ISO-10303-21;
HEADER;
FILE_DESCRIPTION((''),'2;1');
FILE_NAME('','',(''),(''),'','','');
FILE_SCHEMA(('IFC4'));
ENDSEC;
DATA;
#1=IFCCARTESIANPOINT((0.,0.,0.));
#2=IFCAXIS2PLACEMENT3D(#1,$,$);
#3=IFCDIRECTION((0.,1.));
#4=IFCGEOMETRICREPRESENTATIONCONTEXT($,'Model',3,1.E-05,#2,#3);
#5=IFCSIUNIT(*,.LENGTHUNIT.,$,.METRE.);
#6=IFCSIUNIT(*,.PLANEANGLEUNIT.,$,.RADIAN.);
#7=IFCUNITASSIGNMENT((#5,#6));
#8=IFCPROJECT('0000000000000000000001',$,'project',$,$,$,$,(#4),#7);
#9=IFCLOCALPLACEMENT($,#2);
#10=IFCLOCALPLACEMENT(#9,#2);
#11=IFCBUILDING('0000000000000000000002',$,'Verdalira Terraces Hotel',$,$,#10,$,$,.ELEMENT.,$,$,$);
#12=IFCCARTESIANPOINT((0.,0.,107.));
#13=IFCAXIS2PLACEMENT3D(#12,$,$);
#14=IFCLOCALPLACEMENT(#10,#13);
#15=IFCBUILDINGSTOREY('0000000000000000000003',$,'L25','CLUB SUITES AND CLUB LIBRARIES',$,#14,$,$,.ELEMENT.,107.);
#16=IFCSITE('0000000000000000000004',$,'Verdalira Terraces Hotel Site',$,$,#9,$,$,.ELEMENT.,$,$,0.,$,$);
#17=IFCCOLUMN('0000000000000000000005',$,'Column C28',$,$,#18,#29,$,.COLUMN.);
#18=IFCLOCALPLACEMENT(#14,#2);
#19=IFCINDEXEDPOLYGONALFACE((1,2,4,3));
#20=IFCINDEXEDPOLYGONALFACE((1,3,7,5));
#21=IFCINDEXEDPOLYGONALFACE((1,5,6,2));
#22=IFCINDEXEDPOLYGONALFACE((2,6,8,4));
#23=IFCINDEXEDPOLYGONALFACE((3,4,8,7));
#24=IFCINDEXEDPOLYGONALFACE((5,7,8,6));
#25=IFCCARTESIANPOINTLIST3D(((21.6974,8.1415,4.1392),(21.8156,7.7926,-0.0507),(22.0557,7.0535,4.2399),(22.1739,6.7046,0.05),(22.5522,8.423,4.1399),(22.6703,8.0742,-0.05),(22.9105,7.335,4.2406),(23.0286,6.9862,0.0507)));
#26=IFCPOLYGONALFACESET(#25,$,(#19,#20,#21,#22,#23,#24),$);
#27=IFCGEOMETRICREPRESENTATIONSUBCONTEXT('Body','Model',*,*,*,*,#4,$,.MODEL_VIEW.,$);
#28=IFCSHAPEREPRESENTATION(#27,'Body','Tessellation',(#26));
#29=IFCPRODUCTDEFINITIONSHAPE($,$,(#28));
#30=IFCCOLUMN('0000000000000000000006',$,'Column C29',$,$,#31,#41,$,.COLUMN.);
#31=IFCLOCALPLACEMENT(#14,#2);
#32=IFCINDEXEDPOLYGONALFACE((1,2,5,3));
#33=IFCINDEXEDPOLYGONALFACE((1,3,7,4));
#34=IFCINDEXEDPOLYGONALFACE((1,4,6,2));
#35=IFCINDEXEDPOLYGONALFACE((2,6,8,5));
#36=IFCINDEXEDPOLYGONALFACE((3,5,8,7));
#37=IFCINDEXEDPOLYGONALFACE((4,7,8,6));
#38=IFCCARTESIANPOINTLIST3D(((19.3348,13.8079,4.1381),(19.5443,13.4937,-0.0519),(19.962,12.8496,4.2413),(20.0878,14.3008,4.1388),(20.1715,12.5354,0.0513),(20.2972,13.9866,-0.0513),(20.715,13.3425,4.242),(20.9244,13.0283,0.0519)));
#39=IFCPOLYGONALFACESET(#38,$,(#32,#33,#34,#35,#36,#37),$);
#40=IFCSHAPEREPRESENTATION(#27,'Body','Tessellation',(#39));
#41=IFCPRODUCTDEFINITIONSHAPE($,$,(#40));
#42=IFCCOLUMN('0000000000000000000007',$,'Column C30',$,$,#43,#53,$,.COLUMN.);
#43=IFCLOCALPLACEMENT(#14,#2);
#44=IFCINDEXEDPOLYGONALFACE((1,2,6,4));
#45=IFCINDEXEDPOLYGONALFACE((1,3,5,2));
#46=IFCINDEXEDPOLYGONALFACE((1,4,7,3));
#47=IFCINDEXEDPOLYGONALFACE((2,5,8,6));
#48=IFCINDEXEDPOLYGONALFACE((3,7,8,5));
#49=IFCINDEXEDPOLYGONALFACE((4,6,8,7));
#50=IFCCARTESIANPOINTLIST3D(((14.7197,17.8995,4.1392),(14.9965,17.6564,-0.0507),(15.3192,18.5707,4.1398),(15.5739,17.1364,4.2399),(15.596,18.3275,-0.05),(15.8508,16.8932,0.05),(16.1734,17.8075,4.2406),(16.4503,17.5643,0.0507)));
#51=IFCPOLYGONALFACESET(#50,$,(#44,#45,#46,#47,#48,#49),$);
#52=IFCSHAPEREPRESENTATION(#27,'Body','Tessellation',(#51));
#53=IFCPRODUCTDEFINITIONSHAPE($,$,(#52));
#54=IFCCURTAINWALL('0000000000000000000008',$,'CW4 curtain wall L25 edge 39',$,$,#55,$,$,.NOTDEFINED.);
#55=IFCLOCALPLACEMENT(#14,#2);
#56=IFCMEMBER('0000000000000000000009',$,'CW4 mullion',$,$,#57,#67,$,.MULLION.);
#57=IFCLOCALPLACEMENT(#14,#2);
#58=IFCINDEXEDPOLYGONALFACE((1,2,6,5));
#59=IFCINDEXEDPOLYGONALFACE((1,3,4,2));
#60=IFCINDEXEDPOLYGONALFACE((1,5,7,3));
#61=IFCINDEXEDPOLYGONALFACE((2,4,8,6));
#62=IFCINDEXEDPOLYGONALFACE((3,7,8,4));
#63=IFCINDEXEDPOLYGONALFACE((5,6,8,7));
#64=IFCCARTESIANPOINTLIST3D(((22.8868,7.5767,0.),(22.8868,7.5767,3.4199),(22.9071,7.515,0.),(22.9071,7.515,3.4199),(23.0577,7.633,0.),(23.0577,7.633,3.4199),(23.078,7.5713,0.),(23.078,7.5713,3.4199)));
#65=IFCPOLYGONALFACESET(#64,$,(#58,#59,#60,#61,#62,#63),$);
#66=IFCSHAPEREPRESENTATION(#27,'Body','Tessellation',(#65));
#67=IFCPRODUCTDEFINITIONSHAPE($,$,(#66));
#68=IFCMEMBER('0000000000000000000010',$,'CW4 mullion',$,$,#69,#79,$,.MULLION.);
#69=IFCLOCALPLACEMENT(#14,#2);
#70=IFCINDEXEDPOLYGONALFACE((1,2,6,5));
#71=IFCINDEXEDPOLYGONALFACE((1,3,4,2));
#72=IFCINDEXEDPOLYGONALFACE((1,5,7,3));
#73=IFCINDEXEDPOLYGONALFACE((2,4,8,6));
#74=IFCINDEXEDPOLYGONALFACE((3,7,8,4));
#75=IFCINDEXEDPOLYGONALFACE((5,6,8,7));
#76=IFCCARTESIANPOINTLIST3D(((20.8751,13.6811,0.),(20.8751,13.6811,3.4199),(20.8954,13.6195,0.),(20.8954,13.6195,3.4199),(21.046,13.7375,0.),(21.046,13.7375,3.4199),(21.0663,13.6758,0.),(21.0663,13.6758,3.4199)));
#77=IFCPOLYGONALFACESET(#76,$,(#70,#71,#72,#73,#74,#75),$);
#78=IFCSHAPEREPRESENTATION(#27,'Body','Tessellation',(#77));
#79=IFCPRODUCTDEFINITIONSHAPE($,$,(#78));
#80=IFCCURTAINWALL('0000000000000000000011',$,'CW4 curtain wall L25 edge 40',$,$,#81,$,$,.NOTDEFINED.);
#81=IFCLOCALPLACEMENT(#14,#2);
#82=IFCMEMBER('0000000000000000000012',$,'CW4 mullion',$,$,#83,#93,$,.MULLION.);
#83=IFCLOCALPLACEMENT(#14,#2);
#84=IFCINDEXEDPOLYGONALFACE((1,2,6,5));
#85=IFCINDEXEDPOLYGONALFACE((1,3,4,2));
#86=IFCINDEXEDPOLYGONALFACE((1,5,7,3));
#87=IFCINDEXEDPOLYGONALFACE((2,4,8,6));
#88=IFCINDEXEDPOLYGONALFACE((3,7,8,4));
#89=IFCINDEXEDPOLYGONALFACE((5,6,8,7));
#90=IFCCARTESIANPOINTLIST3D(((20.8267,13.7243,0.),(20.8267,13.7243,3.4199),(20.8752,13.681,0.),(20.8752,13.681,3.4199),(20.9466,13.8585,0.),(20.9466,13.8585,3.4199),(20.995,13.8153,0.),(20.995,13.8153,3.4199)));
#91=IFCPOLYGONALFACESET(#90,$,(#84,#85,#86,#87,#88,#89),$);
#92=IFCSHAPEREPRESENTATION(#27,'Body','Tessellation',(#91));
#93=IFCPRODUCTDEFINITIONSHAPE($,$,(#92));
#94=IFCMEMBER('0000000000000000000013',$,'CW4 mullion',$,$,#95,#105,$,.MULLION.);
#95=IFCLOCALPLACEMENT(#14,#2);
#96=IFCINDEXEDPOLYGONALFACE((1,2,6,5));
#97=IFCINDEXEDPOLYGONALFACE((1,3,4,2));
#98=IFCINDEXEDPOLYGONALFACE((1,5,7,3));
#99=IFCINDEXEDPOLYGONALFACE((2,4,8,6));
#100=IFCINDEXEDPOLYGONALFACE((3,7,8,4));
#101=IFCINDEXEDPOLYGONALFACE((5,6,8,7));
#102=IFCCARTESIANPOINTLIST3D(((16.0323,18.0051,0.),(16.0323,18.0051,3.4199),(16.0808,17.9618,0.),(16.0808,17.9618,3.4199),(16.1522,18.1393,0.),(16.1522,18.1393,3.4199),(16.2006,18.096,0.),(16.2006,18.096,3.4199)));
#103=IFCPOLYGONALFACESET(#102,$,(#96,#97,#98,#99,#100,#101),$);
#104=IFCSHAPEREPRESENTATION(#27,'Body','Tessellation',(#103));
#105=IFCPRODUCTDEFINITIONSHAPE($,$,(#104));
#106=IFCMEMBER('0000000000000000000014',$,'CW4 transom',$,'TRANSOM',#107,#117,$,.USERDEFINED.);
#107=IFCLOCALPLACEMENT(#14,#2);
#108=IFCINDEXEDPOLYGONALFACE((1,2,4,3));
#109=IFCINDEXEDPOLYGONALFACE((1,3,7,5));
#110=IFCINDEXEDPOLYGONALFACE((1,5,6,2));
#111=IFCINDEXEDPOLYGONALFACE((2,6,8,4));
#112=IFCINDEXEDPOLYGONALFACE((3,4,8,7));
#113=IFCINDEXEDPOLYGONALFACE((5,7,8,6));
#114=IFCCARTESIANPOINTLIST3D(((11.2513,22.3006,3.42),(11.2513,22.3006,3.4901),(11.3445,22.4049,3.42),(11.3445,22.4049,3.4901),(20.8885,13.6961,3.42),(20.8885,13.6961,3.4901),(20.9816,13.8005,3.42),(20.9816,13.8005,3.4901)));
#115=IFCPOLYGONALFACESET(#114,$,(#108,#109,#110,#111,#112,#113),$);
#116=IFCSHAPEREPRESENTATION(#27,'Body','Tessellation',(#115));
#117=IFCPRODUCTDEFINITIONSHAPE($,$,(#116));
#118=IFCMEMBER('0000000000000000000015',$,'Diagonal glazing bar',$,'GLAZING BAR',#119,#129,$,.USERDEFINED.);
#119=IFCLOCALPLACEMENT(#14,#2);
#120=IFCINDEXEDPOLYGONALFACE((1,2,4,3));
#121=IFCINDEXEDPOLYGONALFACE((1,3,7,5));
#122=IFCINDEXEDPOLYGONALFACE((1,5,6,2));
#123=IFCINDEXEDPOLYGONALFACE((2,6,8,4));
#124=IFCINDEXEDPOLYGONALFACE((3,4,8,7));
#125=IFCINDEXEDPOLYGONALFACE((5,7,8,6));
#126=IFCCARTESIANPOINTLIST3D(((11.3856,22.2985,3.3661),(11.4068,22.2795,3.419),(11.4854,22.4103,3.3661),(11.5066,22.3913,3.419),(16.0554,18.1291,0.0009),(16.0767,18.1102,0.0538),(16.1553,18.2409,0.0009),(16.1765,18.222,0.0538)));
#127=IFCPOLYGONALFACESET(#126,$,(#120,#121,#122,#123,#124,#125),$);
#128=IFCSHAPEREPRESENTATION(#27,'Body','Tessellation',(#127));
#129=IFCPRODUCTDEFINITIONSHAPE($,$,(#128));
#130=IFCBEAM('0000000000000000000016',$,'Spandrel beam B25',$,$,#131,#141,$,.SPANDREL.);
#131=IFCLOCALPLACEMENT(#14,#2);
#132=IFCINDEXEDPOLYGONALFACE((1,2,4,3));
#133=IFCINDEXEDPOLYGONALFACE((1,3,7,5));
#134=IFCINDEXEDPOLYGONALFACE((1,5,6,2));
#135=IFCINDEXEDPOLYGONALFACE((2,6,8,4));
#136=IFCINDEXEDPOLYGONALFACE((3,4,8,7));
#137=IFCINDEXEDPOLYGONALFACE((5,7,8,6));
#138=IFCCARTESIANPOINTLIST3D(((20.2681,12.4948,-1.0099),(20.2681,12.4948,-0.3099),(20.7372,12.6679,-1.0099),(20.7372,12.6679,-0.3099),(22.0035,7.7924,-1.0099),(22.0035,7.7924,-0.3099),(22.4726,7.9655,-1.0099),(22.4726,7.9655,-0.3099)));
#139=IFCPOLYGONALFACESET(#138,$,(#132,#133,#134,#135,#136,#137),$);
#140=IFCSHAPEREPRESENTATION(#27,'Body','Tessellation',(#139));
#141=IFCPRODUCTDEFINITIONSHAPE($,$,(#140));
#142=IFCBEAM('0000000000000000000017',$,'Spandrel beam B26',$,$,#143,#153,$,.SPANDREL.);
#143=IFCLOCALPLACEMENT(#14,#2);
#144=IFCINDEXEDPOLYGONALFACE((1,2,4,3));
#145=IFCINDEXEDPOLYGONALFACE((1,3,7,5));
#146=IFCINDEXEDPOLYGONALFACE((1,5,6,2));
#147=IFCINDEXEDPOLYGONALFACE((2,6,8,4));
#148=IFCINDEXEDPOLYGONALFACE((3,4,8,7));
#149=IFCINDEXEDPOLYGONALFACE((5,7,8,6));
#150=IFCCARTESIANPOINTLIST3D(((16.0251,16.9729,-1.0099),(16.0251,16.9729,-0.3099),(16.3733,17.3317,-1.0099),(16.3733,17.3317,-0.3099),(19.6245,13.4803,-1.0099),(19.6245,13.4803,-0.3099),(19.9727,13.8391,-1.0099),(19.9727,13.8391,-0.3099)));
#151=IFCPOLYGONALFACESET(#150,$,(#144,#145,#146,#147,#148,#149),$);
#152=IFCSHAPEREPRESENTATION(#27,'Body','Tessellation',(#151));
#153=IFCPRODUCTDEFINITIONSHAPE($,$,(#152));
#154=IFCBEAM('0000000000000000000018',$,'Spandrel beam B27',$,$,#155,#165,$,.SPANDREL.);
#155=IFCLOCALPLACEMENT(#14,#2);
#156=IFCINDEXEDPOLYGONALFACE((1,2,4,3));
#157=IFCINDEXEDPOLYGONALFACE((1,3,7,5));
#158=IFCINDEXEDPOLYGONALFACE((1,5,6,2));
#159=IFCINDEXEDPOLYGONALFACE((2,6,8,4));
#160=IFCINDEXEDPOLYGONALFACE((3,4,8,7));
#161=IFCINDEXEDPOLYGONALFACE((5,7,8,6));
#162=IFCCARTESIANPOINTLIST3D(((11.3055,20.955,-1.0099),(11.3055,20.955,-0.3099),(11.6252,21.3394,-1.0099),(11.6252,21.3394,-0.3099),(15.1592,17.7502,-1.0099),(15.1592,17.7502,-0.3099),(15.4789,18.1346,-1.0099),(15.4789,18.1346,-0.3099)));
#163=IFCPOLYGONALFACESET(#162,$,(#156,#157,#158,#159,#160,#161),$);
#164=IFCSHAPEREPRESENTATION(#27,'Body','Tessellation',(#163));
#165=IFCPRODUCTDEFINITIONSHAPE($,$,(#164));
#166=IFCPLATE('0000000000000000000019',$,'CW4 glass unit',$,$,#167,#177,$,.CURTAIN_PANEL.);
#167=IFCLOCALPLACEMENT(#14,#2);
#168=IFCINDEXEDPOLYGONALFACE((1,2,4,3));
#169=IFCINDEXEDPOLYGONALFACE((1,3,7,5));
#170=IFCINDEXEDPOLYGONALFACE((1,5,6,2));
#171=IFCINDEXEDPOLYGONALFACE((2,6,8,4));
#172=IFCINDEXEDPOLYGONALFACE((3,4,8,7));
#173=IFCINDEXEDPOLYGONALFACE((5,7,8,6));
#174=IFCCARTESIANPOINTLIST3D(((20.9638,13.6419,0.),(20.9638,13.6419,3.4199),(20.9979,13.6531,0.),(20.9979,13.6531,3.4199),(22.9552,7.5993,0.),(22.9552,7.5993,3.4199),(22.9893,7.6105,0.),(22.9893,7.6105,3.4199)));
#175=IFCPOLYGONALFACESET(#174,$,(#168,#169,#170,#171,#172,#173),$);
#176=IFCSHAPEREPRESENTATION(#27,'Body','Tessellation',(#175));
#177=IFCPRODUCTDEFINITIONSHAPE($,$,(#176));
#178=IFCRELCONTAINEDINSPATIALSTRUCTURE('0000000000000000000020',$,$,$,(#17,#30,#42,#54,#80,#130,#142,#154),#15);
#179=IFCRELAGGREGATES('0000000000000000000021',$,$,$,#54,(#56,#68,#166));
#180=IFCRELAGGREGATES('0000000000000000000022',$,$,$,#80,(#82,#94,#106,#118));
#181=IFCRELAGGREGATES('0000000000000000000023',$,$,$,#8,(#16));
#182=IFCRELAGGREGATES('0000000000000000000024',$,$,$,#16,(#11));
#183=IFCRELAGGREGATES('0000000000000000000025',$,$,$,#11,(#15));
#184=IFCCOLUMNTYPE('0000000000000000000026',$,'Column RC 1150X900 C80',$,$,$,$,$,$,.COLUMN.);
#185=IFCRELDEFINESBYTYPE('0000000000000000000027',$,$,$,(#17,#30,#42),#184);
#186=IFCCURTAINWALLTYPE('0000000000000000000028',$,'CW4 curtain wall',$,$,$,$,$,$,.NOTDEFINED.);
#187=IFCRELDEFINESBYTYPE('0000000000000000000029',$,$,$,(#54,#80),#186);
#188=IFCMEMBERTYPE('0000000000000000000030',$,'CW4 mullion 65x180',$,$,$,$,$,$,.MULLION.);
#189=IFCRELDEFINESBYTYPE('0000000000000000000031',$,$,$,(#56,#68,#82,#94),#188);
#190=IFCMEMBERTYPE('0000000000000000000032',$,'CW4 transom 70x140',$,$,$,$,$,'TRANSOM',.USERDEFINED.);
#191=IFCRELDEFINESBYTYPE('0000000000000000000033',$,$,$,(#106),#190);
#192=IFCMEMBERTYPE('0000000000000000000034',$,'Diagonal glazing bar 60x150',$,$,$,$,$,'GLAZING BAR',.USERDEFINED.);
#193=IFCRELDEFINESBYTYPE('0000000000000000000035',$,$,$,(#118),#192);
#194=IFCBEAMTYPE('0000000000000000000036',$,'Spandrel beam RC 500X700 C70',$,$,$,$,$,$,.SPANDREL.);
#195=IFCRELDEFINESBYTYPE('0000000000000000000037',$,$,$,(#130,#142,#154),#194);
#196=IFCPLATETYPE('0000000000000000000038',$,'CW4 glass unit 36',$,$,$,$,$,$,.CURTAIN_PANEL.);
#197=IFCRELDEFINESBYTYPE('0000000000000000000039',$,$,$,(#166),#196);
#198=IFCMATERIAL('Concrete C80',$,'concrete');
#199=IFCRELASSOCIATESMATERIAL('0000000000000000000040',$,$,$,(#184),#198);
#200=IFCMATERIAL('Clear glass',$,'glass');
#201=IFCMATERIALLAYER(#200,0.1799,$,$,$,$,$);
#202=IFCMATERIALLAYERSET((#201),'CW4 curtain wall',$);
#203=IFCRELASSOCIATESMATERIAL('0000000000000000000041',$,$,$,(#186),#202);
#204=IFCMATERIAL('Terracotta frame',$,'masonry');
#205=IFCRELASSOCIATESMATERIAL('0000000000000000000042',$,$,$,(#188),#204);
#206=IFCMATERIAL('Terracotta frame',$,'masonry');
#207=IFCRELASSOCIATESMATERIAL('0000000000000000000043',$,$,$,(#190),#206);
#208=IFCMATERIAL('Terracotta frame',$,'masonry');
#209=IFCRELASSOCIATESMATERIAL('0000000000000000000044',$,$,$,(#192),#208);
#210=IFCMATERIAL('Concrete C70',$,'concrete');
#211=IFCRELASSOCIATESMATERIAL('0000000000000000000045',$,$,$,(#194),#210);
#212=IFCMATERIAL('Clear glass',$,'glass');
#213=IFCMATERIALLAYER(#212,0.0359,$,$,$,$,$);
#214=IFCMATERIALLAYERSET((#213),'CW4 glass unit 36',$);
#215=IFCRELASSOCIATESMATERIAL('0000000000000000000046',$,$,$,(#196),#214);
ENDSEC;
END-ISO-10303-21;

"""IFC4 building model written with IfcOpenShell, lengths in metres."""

from ifc_helpers import new_model, si_unit, direction, frame, origin, origin_2d, place, context, subcontext, project, spatial, rectangle, extrude, material, layer, layer_set, material_profile, profile_set, type_object, element, aggregate, save


model = new_model("IFC4")

# Units and contexts
model_context = context("Model", 3, precision=1e-05, world=origin(), true_north=direction((0.0, 1.0)))
body_context = subcontext(model_context, "Body", "Model", "MODEL_VIEW")
ifc_project = project(units=[si_unit("LENGTHUNIT", "METRE"), si_unit("PLANEANGLEUNIT", "RADIAN")], contexts=[model_context])

# Site, building, storey
site_placement = place(None, origin())
site = spatial("IfcSite", under=ifc_project, at=site_placement, Name="Verdalira Terraces Hotel Site", CompositionType="ELEMENT", RefElevation=0.0)
building_placement = place(site_placement, origin())
building = spatial("IfcBuilding", under=site, at=building_placement, Name="Verdalira Terraces Hotel", CompositionType="ELEMENT")
storey_placement = place(building_placement, frame((0.0, 0.0, 107.0)))
storey = spatial("IfcBuildingStorey", under=building, at=storey_placement, Name="L25", Description="CLUB SUITES AND CLUB LIBRARIES", CompositionType="ELEMENT", Elevation=107.0)

# Columns
ifc_material_1 = material(Name="Concrete C80", Category="concrete")
ifc_material_profile_1 = material_profile(ifc_material_1, rectangle(XDim=1.1499, YDim=0.8999, at=origin_2d()), Name="RC 1150X900")
ifc_profile_set_1 = profile_set([ifc_material_profile_1], Name="Concrete C80")
column_type = type_object("IfcColumnType", Name="Column RC 1150X900 C80", PredefinedType="COLUMN", material=ifc_profile_set_1)
column_1_placement = place(storey_placement, frame((22.4221, 7.3894, 0.0), z_axis=(-0.028093, 0.082945, 0.996158), x_axis=(-0.311588, 0.946174, -0.087571)))
element("IfcColumn", 1, at=column_1_placement, inside=storey, type_object=column_type, Name="Column C28", PredefinedType="COLUMN", context=body_context, shape_type="SweptSolid", body=[
    extrude(rectangle(XDim=1.1499, YDim=0.8999, at=origin_2d()), origin(), (0.0, 0.0, 1.0), 4.2061),
])
column_2_placement = place(storey_placement, frame((20.2344, 13.261, 0.0), z_axis=(-0.049792, 0.074689, 0.995963), x_axis=(0.545443, -0.833327, 0.089761)))
element("IfcColumn", 2, at=column_2_placement, inside=storey, type_object=column_type, Name="Column C29", PredefinedType="COLUMN", context=body_context, shape_type="SweptSolid", body=[
    extrude(rectangle(XDim=1.1499, YDim=0.8999, at=origin_2d()), origin(), (0.0, 0.0, 1.0), 4.207),
])
column_3_placement = place(storey_placement, frame((15.7234, 17.6104, 0.0), z_axis=(-0.065822, 0.057812, 0.996155), x_axis=(-0.742879, 0.663669, -0.087603)))
element("IfcColumn", 3, at=column_3_placement, inside=storey, type_object=column_type, Name="Column C30", PredefinedType="COLUMN", context=body_context, shape_type="SweptSolid", body=[
    extrude(rectangle(XDim=1.1499, YDim=0.8999, at=origin_2d()), origin(), (0.0, 0.0, 1.0), 4.2061),
])

# Curtain walls, members
ifc_material_2 = material(Name="Clear glass", Category="glass")
ifc_layer_1 = layer(ifc_material_2, 0.1799)
ifc_layer_set_1 = layer_set([ifc_layer_1], Name="CW4 curtain wall")
curtain_wall_type = type_object("IfcCurtainWallType", Name="CW4 curtain wall", PredefinedType="NOTDEFINED", material=ifc_layer_set_1)
curtain_wall_1_placement = place(storey_placement, origin())
curtain_wall_1 = element("IfcCurtainWall", 4, at=curtain_wall_1_placement, inside=storey, type_object=curtain_wall_type, Name="CW4 curtain wall L25 edge 39", PredefinedType="NOTDEFINED")
ifc_material_3 = material(Name="Terracotta frame", Category="masonry")
ifc_material_profile_2 = material_profile(ifc_material_3, rectangle(XDim=0.0649, YDim=0.1799, at=origin_2d()), Name="MU 65x180")
ifc_profile_set_2 = profile_set([ifc_material_profile_2], Name="Terracotta frame")
member_type_1 = type_object("IfcMemberType", Name="CW4 mullion 65x180", PredefinedType="MULLION", material=ifc_profile_set_2)
member_1_placement = place(storey_placement, frame((22.9824, 7.574, 0.0), z_axis=(0.0, 0.0, 1.0), x_axis=(-0.312998, 0.949754, 0.0)))
member_1 = element("IfcMember", 5, at=member_1_placement, type_object=member_type_1, Name="CW4 mullion", PredefinedType="MULLION", context=body_context, shape_type="SweptSolid", body=[
    extrude(rectangle(XDim=0.0649, YDim=0.1799, at=origin_2d()), origin(), (0.0, 0.0, 1.0), 3.4199),
])
member_2_placement = place(storey_placement, frame((20.9707, 13.6785, 0.0), z_axis=(0.0, 0.0, 1.0), x_axis=(-0.312998, 0.949754, 0.0)))
member_2 = element("IfcMember", 6, at=member_2_placement, type_object=member_type_1, Name="CW4 mullion", PredefinedType="MULLION", context=body_context, shape_type="SweptSolid", body=[
    extrude(rectangle(XDim=0.0649, YDim=0.1799, at=origin_2d()), origin(), (0.0, 0.0, 1.0), 3.4199),
])
curtain_wall_2_placement = place(storey_placement, origin())
curtain_wall_2 = element("IfcCurtainWall", 7, at=curtain_wall_2_placement, inside=storey, type_object=curtain_wall_type, Name="CW4 curtain wall L25 edge 40", PredefinedType="NOTDEFINED")
member_3_placement = place(storey_placement, frame((20.9109, 13.7698, 0.0), z_axis=(0.0, 0.0, 1.0), x_axis=(-0.745941, 0.666012, 0.0)))
member_3 = element("IfcMember", 8, at=member_3_placement, type_object=member_type_1, Name="CW4 mullion", PredefinedType="MULLION", context=body_context, shape_type="SweptSolid", body=[
    extrude(rectangle(XDim=0.0649, YDim=0.1799, at=origin_2d()), origin(), (0.0, 0.0, 1.0), 3.4199),
])
member_4_placement = place(storey_placement, frame((16.1165, 18.0505, 0.0), z_axis=(0.0, 0.0, 1.0), x_axis=(-0.745941, 0.666012, 0.0)))
member_4 = element("IfcMember", 9, at=member_4_placement, type_object=member_type_1, Name="CW4 mullion", PredefinedType="MULLION", context=body_context, shape_type="SweptSolid", body=[
    extrude(rectangle(XDim=0.0649, YDim=0.1799, at=origin_2d()), origin(), (0.0, 0.0, 1.0), 3.4199),
])
ifc_material_4 = material(Name="Terracotta frame", Category="masonry")
ifc_material_profile_3 = material_profile(ifc_material_4, rectangle(XDim=0.1399, YDim=0.0701, at=origin_2d()), Name="TR 70x140")
ifc_profile_set_3 = profile_set([ifc_material_profile_3], Name="Terracotta frame")
member_type_2 = type_object("IfcMemberType", Name="CW4 transom 70x140", ElementType="TRANSOM", PredefinedType="USERDEFINED", material=ifc_profile_set_3)
member_5_placement = place(storey_placement, frame((20.9351, 13.7483, 3.4551), z_axis=(-0.745944, 0.666009, 0.0), x_axis=(-0.666009, -0.745944, 0.0)))
member_5 = element("IfcMember", 10, at=member_5_placement, type_object=member_type_2, Name="CW4 transom", ObjectType="TRANSOM", PredefinedType="USERDEFINED", context=body_context, shape_type="SweptSolid", body=[
    extrude(rectangle(XDim=0.1399, YDim=0.0701, at=origin_2d()), origin(), (0.0, 0.0, 1.0), 12.9194),
])
ifc_material_5 = material(Name="Terracotta frame", Category="masonry")
ifc_material_profile_4 = material_profile(ifc_material_5, rectangle(XDim=0.1499, YDim=0.0601, at=origin_2d()), Name="GB 60x150")
ifc_profile_set_4 = profile_set([ifc_material_profile_4], Name="Terracotta frame")
member_type_3 = type_object("IfcMemberType", Name="Diagonal glazing bar 60x150", ElementType="GLAZING BAR", PredefinedType="USERDEFINED", material=ifc_profile_set_4)
member_6_placement = place(storey_placement, frame((16.116, 18.1755, 0.0273), z_axis=(-0.657038, 0.586621, 0.473474), x_axis=(-0.666003, -0.745949, 0.0)))
member_6 = element("IfcMember", 11, at=member_6_placement, type_object=member_type_3, Name="Diagonal glazing bar", ObjectType="GLAZING BAR", PredefinedType="USERDEFINED", context=body_context, shape_type="SweptSolid", body=[
    extrude(rectangle(XDim=0.1499, YDim=0.0601, at=origin_2d()), origin(), (0.0, 0.0, 1.0), 7.1074),
])

# Beams
ifc_material_6 = material(Name="Concrete C70", Category="concrete")
ifc_material_profile_5 = material_profile(ifc_material_6, rectangle(XDim=0.5, YDim=0.7, at=origin_2d()), Name="RC 500X700")
ifc_profile_set_5 = profile_set([ifc_material_profile_5], Name="Concrete C70")
beam_type = type_object("IfcBeamType", Name="Spandrel beam RC 500X700 C70", PredefinedType="SPANDREL", material=ifc_profile_set_5)
beam_1_placement = place(storey_placement, frame((22.238, 7.8789, -0.6599), z_axis=(-0.346213, 0.938156, 0.0), x_axis=(-0.938156, -0.346213, 0.0)))
element("IfcBeam", 12, at=beam_1_placement, inside=storey, type_object=beam_type, Name="Spandrel beam B25", PredefinedType="SPANDREL", context=body_context, shape_type="SweptSolid", body=[
    extrude(rectangle(XDim=0.5, YDim=0.7, at=origin_2d()), origin(), (0.0, 0.0, 1.0), 5.0125),
])
beam_2_placement = place(storey_placement, frame((19.7986, 13.6597, -0.6599), z_axis=(-0.717663, 0.696391, 0.0), x_axis=(-0.696391, -0.717663, 0.0)))
element("IfcBeam", 13, at=beam_2_placement, inside=storey, type_object=beam_type, Name="Spandrel beam B26", PredefinedType="SPANDREL", context=body_context, shape_type="SweptSolid", body=[
    extrude(rectangle(XDim=0.5, YDim=0.7, at=origin_2d()), origin(), (0.0, 0.0, 1.0), 5.0154),
])
beam_3_placement = place(storey_placement, frame((15.3191, 17.9424, -0.6599), z_axis=(-0.768872, 0.639403, 0.0), x_axis=(-0.639403, -0.768872, 0.0)))
element("IfcBeam", 14, at=beam_3_placement, inside=storey, type_object=beam_type, Name="Spandrel beam B27", PredefinedType="SPANDREL", context=body_context, shape_type="SweptSolid", body=[
    extrude(rectangle(XDim=0.5, YDim=0.7, at=origin_2d()), origin(), (0.0, 0.0, 1.0), 5.0122),
])

# Plate
ifc_material_7 = material(Name="Clear glass", Category="glass")
ifc_layer_2 = layer(ifc_material_7, 0.0359)
ifc_layer_set_2 = layer_set([ifc_layer_2], Name="CW4 glass unit 36")
plate_type = type_object("IfcPlateType", Name="CW4 glass unit 36", PredefinedType="CURTAIN_PANEL", material=ifc_layer_set_2)
plate_1_placement = place(storey_placement, frame((21.9766, 10.6262, 0.0), z_axis=(0.0, 0.0, 1.0), x_axis=(-0.312998, 0.949754, 0.0)))
plate_1 = element("IfcPlate", 15, at=plate_1_placement, type_object=plate_type, Name="CW4 glass unit", PredefinedType="CURTAIN_PANEL", context=body_context, shape_type="SweptSolid", body=[
    extrude(rectangle(XDim=6.3623, YDim=0.0359, at=origin_2d()), origin(), (0.0, 0.0, 1.0), 3.4199),
])
aggregate(curtain_wall_1, [member_1, member_2, plate_1])
aggregate(curtain_wall_2, [member_3, member_4, member_5, member_6])

save(model, "model.ifc")
